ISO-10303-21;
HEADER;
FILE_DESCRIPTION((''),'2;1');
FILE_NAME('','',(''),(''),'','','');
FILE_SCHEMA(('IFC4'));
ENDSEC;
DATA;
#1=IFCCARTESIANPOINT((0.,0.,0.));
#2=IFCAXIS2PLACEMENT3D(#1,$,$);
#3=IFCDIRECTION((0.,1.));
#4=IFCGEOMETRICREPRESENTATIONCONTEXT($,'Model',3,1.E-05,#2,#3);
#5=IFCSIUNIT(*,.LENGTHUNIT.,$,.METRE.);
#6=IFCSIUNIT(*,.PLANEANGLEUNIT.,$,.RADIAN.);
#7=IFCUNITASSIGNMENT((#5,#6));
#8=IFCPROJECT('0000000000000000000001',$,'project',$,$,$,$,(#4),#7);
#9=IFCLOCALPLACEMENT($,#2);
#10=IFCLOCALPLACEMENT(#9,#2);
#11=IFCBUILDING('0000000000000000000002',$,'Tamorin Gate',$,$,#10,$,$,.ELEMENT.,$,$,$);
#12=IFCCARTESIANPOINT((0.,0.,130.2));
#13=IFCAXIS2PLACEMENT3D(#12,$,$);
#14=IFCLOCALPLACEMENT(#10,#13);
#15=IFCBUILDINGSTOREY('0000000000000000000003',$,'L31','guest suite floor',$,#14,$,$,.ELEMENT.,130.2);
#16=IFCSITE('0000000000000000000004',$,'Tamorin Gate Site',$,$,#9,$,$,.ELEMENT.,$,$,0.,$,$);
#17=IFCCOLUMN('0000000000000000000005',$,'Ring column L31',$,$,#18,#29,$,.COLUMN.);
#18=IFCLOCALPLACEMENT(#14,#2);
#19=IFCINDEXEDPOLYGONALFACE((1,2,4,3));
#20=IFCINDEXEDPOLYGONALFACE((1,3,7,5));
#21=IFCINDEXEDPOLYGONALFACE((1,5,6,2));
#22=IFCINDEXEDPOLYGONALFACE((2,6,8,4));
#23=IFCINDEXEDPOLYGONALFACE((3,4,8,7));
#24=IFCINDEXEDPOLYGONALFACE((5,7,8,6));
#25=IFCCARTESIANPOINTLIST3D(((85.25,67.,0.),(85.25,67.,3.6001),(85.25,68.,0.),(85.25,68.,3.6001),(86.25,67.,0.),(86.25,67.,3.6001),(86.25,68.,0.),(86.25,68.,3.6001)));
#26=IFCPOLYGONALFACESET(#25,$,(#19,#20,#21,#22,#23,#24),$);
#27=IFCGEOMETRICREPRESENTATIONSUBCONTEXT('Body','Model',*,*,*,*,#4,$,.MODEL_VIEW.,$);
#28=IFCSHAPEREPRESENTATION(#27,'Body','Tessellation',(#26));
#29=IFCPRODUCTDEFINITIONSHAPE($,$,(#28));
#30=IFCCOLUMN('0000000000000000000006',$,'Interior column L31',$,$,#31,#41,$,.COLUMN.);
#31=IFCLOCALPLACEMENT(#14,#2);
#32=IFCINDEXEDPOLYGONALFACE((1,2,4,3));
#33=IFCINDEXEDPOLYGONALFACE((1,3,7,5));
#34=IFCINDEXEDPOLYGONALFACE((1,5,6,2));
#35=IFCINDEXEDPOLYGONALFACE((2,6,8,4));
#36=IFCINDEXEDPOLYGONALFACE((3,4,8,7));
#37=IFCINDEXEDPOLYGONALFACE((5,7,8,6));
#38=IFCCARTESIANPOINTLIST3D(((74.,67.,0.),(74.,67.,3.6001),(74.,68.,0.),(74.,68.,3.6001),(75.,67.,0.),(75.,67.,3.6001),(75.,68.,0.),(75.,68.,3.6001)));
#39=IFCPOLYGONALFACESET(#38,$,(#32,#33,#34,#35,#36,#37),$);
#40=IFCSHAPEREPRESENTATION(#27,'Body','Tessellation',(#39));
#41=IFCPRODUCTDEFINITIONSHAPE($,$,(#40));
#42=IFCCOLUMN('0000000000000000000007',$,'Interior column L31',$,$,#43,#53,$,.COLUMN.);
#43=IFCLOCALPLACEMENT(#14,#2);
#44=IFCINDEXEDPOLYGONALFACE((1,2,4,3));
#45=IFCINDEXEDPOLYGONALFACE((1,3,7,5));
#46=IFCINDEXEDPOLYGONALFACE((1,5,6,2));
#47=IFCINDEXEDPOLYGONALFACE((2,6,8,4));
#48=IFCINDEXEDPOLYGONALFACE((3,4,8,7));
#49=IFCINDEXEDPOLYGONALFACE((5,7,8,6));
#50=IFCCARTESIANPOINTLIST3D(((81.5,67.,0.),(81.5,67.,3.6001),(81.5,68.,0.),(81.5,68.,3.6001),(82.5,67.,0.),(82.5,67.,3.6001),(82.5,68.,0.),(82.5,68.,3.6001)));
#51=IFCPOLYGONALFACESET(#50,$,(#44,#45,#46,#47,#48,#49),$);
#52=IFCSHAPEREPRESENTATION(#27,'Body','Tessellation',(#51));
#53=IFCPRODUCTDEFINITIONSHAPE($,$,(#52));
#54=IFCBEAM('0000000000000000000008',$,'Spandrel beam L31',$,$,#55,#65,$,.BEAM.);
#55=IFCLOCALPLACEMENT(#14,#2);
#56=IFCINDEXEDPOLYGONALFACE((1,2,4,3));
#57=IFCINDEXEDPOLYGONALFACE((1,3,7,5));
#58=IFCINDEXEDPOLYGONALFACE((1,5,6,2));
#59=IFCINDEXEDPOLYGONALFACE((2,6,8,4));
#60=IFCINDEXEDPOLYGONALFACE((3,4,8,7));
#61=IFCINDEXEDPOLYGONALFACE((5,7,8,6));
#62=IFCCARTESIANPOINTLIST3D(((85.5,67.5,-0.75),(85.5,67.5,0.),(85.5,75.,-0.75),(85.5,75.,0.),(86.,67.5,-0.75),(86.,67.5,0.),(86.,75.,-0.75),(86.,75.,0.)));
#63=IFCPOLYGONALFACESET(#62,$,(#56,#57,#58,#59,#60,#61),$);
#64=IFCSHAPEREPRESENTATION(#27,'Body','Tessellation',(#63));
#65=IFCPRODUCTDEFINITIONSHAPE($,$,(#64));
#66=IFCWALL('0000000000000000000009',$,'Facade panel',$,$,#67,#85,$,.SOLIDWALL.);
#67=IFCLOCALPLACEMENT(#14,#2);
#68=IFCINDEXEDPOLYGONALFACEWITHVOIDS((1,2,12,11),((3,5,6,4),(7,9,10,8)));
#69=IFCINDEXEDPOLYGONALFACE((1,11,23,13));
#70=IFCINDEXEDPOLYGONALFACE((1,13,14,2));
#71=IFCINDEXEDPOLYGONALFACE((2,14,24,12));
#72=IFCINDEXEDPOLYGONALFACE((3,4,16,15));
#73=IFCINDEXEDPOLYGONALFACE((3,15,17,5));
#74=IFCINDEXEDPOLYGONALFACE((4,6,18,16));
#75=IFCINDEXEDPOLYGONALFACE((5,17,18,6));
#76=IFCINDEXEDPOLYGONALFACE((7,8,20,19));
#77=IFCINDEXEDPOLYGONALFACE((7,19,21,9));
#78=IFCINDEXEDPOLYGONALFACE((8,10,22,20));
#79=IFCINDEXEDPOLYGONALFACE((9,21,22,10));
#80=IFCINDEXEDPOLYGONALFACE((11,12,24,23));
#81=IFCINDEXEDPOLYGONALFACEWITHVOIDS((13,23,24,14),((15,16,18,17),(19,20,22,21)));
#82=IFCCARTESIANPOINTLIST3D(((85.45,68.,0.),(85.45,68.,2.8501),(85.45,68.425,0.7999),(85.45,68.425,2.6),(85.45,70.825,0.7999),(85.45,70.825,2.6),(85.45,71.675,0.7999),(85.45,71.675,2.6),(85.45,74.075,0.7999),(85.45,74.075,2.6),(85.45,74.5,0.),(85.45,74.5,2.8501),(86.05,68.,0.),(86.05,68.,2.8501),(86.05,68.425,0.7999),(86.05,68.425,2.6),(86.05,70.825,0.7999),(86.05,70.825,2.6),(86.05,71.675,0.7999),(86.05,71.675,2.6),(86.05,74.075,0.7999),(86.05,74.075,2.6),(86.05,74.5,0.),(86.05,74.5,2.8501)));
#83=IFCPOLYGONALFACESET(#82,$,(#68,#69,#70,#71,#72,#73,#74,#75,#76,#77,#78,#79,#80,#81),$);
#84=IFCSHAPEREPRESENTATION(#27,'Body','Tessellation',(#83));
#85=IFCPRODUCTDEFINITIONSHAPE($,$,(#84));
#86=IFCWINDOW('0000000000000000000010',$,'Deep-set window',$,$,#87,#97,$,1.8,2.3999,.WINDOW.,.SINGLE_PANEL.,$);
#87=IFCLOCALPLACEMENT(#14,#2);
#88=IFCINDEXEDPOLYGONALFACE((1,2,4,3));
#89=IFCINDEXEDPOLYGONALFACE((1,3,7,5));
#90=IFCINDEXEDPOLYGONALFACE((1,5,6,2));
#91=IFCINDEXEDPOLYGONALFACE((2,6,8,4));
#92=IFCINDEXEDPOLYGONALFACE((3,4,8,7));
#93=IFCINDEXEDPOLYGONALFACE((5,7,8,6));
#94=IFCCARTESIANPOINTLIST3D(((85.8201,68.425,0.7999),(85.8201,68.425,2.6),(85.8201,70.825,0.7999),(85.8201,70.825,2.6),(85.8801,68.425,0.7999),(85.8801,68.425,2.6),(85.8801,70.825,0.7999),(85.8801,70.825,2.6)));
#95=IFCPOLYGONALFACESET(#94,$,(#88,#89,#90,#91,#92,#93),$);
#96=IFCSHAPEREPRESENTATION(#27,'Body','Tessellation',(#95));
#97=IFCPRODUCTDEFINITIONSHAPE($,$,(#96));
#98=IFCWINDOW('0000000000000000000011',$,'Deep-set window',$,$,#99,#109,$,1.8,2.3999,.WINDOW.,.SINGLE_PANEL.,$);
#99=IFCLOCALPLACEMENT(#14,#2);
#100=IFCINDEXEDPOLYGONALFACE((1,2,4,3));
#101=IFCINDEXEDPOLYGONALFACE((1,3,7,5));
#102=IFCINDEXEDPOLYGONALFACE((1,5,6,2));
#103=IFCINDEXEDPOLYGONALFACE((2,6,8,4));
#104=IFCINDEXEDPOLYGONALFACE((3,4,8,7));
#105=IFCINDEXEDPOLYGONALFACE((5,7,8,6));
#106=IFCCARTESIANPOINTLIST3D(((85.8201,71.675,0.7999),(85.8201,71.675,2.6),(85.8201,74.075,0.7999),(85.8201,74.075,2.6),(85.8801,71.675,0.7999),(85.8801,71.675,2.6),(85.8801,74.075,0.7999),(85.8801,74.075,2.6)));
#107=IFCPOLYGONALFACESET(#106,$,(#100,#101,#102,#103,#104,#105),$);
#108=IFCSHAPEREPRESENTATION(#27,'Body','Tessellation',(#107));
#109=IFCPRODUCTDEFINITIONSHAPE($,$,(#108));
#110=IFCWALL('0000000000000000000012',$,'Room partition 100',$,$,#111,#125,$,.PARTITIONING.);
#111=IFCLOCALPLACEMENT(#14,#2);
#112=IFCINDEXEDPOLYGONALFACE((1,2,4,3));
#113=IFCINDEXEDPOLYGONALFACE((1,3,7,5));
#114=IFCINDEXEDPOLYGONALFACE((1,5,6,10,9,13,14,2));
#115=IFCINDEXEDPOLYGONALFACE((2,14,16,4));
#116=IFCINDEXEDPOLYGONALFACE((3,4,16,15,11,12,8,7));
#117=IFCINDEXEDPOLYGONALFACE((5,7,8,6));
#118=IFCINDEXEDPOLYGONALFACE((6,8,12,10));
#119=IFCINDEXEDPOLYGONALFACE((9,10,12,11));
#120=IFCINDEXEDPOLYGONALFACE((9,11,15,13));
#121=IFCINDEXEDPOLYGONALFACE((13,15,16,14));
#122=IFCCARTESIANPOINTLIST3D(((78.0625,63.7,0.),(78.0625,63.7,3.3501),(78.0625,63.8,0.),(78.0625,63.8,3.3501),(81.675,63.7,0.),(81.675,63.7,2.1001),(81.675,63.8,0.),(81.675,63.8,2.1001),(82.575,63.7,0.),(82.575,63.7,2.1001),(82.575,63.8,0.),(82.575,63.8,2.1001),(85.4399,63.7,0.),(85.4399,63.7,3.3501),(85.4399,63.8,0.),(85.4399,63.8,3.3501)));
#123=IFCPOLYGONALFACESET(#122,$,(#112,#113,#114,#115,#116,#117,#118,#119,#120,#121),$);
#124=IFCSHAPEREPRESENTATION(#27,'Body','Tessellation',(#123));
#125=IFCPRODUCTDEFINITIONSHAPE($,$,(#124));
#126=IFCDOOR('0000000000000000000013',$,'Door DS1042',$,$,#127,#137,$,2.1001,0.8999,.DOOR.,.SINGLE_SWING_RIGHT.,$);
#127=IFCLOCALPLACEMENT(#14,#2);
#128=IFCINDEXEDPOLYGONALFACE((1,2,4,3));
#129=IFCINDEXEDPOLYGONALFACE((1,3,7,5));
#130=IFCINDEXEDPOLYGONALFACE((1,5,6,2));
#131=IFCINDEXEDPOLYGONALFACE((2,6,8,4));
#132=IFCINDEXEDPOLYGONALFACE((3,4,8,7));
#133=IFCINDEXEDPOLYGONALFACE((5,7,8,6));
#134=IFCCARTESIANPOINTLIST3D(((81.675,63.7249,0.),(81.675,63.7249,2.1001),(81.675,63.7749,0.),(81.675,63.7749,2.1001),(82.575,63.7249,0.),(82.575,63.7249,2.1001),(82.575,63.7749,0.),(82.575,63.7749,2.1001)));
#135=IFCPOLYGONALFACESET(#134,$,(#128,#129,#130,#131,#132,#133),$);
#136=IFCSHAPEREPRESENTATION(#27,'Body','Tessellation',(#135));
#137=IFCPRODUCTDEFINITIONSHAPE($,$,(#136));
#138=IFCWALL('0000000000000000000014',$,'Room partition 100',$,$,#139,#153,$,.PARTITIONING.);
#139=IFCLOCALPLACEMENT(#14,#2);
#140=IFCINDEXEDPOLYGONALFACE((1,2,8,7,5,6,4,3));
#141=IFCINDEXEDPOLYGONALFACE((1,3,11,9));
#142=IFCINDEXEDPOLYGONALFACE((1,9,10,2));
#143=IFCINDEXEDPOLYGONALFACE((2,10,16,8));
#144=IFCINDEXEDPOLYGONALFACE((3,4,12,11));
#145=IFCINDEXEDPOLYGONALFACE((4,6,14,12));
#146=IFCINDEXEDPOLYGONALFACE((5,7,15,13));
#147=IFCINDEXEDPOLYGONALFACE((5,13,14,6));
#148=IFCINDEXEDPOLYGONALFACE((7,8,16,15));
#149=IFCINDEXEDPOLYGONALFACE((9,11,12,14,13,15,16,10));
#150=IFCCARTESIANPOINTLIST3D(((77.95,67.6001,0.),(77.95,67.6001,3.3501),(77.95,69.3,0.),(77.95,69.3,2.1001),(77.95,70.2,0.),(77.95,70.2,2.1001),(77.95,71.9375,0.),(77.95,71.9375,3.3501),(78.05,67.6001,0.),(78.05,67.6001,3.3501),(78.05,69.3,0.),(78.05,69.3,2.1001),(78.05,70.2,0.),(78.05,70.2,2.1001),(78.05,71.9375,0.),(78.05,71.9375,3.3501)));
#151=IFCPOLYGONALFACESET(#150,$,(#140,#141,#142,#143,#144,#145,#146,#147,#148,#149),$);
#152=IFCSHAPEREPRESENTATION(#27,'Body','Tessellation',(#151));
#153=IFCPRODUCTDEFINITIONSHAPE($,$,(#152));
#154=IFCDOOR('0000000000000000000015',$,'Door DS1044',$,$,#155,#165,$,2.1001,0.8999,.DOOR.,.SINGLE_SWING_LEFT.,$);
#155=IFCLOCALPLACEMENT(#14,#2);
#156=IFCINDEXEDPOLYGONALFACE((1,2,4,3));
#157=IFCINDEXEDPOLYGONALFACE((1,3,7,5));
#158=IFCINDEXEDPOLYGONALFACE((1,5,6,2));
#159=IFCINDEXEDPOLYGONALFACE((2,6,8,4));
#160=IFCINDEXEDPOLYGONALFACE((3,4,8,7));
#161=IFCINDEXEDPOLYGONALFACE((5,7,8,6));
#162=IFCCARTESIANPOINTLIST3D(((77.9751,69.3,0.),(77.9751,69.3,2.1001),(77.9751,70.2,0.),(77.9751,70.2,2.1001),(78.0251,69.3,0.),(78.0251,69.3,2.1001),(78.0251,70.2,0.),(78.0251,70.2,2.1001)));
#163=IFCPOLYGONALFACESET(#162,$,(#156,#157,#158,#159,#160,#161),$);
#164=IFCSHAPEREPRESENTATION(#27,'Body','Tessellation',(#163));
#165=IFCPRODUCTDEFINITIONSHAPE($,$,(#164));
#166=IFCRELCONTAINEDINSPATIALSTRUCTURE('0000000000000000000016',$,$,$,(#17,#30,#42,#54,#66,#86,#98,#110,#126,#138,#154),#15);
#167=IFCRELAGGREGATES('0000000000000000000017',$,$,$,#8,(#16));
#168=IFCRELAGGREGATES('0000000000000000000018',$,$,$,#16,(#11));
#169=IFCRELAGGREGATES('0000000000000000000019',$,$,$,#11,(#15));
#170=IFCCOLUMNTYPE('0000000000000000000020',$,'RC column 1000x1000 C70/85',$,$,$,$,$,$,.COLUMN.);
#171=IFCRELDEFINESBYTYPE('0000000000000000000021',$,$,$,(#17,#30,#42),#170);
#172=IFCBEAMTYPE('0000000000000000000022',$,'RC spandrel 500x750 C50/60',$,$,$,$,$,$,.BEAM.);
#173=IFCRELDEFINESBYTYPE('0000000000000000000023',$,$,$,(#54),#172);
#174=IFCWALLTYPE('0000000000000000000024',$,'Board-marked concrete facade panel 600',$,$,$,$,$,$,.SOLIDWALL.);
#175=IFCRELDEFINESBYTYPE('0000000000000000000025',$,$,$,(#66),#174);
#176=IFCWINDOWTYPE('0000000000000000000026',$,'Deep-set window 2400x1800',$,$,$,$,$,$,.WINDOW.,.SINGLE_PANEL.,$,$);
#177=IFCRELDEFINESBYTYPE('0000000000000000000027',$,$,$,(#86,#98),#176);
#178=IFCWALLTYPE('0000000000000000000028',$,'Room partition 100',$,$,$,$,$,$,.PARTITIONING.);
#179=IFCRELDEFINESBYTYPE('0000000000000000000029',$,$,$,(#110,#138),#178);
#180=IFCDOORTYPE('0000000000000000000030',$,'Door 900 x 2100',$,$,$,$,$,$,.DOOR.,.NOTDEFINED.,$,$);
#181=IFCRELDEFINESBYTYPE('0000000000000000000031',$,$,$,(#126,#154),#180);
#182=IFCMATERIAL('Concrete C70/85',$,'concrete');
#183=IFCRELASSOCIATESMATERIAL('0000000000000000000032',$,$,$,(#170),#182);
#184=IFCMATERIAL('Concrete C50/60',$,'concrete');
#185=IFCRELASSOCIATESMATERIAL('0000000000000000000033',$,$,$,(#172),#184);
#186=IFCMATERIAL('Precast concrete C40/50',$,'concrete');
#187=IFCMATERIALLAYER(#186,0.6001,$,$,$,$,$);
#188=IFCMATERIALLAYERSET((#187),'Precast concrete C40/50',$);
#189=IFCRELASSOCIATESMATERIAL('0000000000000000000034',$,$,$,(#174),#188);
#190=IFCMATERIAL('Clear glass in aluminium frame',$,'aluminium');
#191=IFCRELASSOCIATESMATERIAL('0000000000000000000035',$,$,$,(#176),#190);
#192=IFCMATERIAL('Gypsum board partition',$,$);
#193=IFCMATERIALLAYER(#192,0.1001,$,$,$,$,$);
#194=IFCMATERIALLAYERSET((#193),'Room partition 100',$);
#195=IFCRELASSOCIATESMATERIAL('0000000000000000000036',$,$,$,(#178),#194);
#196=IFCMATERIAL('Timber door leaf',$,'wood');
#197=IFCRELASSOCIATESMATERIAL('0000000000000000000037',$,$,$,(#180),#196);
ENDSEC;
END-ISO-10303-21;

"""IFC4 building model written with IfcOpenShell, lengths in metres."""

from ifc_helpers import new_model, si_unit, direction, frame, frame_2d, origin, origin_2d, place, context, subcontext, project, spatial, rectangle, extrude, material, layer, layer_set, material_profile, profile_set, type_object, element, fill, save


model = new_model("IFC4")

# Units and contexts
model_context = context("Model", 3, precision=1e-05, world=origin(), true_north=direction((0.0, 1.0)))
body_context = subcontext(model_context, "Body", "Model", "MODEL_VIEW")
ifc_project = project(units=[si_unit("LENGTHUNIT", "METRE"), si_unit("PLANEANGLEUNIT", "RADIAN")], contexts=[model_context])

# Site, building, storey
site_placement = place(None, origin())
site = spatial("IfcSite", under=ifc_project, at=site_placement, Name="Tamorin Gate Site", CompositionType="ELEMENT", RefElevation=0.0)
building_placement = place(site_placement, origin())
building = spatial("IfcBuilding", under=site, at=building_placement, Name="Tamorin Gate", CompositionType="ELEMENT")
storey_placement = place(building_placement, frame((0.0, 0.0, 130.2)))
storey = spatial("IfcBuildingStorey", under=building, at=storey_placement, Name="L31", Description="guest suite floor", CompositionType="ELEMENT", Elevation=130.2)

# Columns
ifc_material_1 = material(Name="Concrete C70/85", Category="concrete")
ifc_material_profile_1 = material_profile(ifc_material_1, rectangle(XDim=1.0, YDim=1.0, at=origin_2d()), Name="RC 1000x1000")
ifc_profile_set_1 = profile_set([ifc_material_profile_1], Name="Concrete C70/85")
column_type = type_object("IfcColumnType", Name="RC column 1000x1000 C70/85", PredefinedType="COLUMN", material=ifc_profile_set_1)
for number, where, z_axis, x_axis, name in (
    (1, (85.75, 67.5, 0.0), (0.0, 0.0, 1.0), (1.0, 0.0, 0.0), "Ring column L31"),
    (2, (74.5, 67.5, 0.0), (0.0, 0.0, 1.0), (1.0, 0.0, 0.0), "Interior column L31"),
    (3, (82.0, 67.5, 0.0), (0.0, 0.0, 1.0), (1.0, 0.0, 0.0), "Interior column L31"),
):
    element("IfcColumn", number, at=place(storey_placement, frame(where, z_axis=z_axis, x_axis=x_axis)), inside=storey, type_object=column_type, Name=name, PredefinedType="COLUMN", context=body_context, shape_type="SweptSolid", body=[
        extrude(rectangle(XDim=1.0, YDim=1.0, at=origin_2d()), origin(), (0.0, 0.0, 1.0), 3.6001),
    ])

# Beam
ifc_material_2 = material(Name="Concrete C50/60", Category="concrete")
ifc_material_profile_2 = material_profile(ifc_material_2, rectangle(XDim=0.5, YDim=0.75, at=origin_2d()), Name="RC 500x750")
ifc_profile_set_2 = profile_set([ifc_material_profile_2], Name="Concrete C50/60")
beam_type = type_object("IfcBeamType", Name="RC spandrel 500x750 C50/60", PredefinedType="BEAM", material=ifc_profile_set_2)
beam_placement = place(storey_placement, frame((85.75, 67.5, -0.375), z_axis=(0.0, 1.0, 0.0), x_axis=(-1.0, 0.0, 0.0)))
element("IfcBeam", 4, at=beam_placement, inside=storey, type_object=beam_type, Name="Spandrel beam L31", PredefinedType="BEAM", context=body_context, shape_type="SweptSolid", body=[
    extrude(rectangle(XDim=0.5, YDim=0.75, at=origin_2d()), origin(), (0.0, 0.0, 1.0), 7.5),
])

# Wall, openings, windows
ifc_material_3 = material(Name="Precast concrete C40/50", Category="concrete")
ifc_layer_1 = layer(ifc_material_3, 0.6001)
ifc_layer_set_1 = layer_set([ifc_layer_1], Name="Precast concrete C40/50")
wall_type_1 = type_object("IfcWallType", Name="Board-marked concrete facade panel 600", PredefinedType="SOLIDWALL", material=ifc_layer_set_1)
wall_1_placement = place(storey_placement, frame((85.75, 68.0, 0.0), z_axis=(0.0, 0.0, 1.0), x_axis=(0.0, 1.0, 0.0)))
wall_1 = element("IfcWall", 5, at=wall_1_placement, inside=storey, type_object=wall_type_1, Name="Facade panel", PredefinedType="SOLIDWALL", context=body_context, shape_type="SweptSolid", body=[
    extrude(rectangle(XDim=6.5, YDim=0.6001, at=frame_2d((3.25, 0.0))), origin(), (0.0, 0.0, 1.0), 2.8501),
])
opening_1_placement = place(wall_1_placement, frame((0.425, 0.0, 0.8)))
opening_1 = element("IfcOpeningElement", 6, at=opening_1_placement, cuts=wall_1, PredefinedType="OPENING", context=body_context, shape_type="SweptSolid", body=[
    extrude(rectangle(XDim=2.3999, YDim=1.8, at=frame_2d((1.2, 0.8999))), frame((0.0, 0.3101, 0.0), z_axis=(0.0, -1.0, 0.0), x_axis=(1.0, 0.0, 0.0)), (0.0, 0.0, 1.0), 0.6201),
])
opening_2_placement = place(wall_1_placement, frame((3.675, 0.0, 0.8)))
opening_2 = element("IfcOpeningElement", 7, at=opening_2_placement, cuts=wall_1, PredefinedType="OPENING", context=body_context, shape_type="SweptSolid", body=[
    extrude(rectangle(XDim=2.3999, YDim=1.8, at=frame_2d((1.2, 0.8999))), frame((0.0, 0.3101, 0.0), z_axis=(0.0, -1.0, 0.0), x_axis=(1.0, 0.0, 0.0)), (0.0, 0.0, 1.0), 0.6201),
])
ifc_material_4 = material(Name="Clear glass in aluminium frame", Category="aluminium")
window_type = type_object("IfcWindowType", Name="Deep-set window 2400x1800", PartitioningType="SINGLE_PANEL", PredefinedType="WINDOW", material=ifc_material_4)
window_1_placement = place(opening_1_placement, origin())
window_1 = element("IfcWindow", 8, at=window_1_placement, inside=storey, type_object=window_type, Name="Deep-set window", OverallHeight=1.8, OverallWidth=2.3999, PartitioningType="SINGLE_PANEL", PredefinedType="WINDOW", context=body_context, shape_type="SweptSolid", body=[
    extrude(rectangle(XDim=2.3999, YDim=1.8, at=frame_2d((1.2, 0.8999))), frame((0.0, -0.0701, 0.0), z_axis=(0.0, -1.0, 0.0), x_axis=(1.0, 0.0, 0.0)), (0.0, 0.0, 1.0), 0.0601),
])
fill(opening_1, window_1)
window_2_placement = place(opening_2_placement, origin())
window_2 = element("IfcWindow", 9, at=window_2_placement, inside=storey, type_object=window_type, Name="Deep-set window", OverallHeight=1.8, OverallWidth=2.3999, PartitioningType="SINGLE_PANEL", PredefinedType="WINDOW", context=body_context, shape_type="SweptSolid", body=[
    extrude(rectangle(XDim=2.3999, YDim=1.8, at=frame_2d((1.2, 0.8999))), frame((0.0, -0.0701, 0.0), z_axis=(0.0, -1.0, 0.0), x_axis=(1.0, 0.0, 0.0)), (0.0, 0.0, 1.0), 0.0601),
])
fill(opening_2, window_2)

# Walls, openings, doors
ifc_material_5 = material(Name="Gypsum board partition")
ifc_layer_2 = layer(ifc_material_5, 0.1001)
ifc_layer_set_2 = layer_set([ifc_layer_2], Name="Room partition 100")
wall_type_2 = type_object("IfcWallType", Name="Room partition 100", PredefinedType="PARTITIONING", material=ifc_layer_set_2)
wall_2_placement = place(storey_placement, frame((78.0625, 63.75, 0.0), z_axis=(0.0, 0.0, 1.0), x_axis=(1.0, 0.0, 0.0)))
wall_2 = element("IfcWall", 10, at=wall_2_placement, inside=storey, type_object=wall_type_2, Name="Room partition 100", PredefinedType="PARTITIONING", context=body_context, shape_type="SweptSolid", body=[
    extrude(rectangle(XDim=7.3774, YDim=0.1001, at=frame_2d((3.6887, 0.0))), origin(), (0.0, 0.0, 1.0), 3.3501),
])
opening_3_placement = place(wall_2_placement, frame((3.6125, 0.0, 0.0)))
opening_3 = element("IfcOpeningElement", 11, at=opening_3_placement, cuts=wall_2, PredefinedType="OPENING", context=body_context, shape_type="SweptSolid", body=[
    extrude(rectangle(XDim=0.8999, YDim=2.1001, at=frame_2d((0.45, 1.05))), frame((0.0, 0.0601, 0.0), z_axis=(0.0, -1.0, 0.0), x_axis=(1.0, 0.0, 0.0)), (0.0, 0.0, 1.0), 0.1201),
])
ifc_material_6 = material(Name="Timber door leaf", Category="wood")
door_type = type_object("IfcDoorType", Name="Door 900 x 2100", OperationType="NOTDEFINED", PredefinedType="DOOR", material=ifc_material_6)
door_1_placement = place(opening_3_placement, origin())
door_1 = element("IfcDoor", 12, at=door_1_placement, inside=storey, type_object=door_type, Name="Door DS1042", OperationType="SINGLE_SWING_RIGHT", OverallHeight=2.1001, OverallWidth=0.8999, PredefinedType="DOOR", context=body_context, shape_type="SweptSolid", body=[
    extrude(rectangle(XDim=0.8999, YDim=2.1001, at=frame_2d((0.45, 1.05))), frame((0.0, 0.0249, 0.0), z_axis=(0.0, -1.0, 0.0), x_axis=(1.0, 0.0, 0.0)), (0.0, 0.0, 1.0), 0.05),
])
fill(opening_3, door_1)
wall_3_placement = place(storey_placement, frame((78.0, 67.6001, 0.0), z_axis=(0.0, 0.0, 1.0), x_axis=(0.0, 1.0, 0.0)))
wall_3 = element("IfcWall", 13, at=wall_3_placement, inside=storey, type_object=wall_type_2, Name="Room partition 100", PredefinedType="PARTITIONING", context=body_context, shape_type="SweptSolid", body=[
    extrude(rectangle(XDim=4.3374, YDim=0.1001, at=frame_2d((2.1687, 0.0))), origin(), (0.0, 0.0, 1.0), 3.3501),
])
opening_4_placement = place(wall_3_placement, frame((1.7, 0.0, 0.0)))
opening_4 = element("IfcOpeningElement", 14, at=opening_4_placement, cuts=wall_3, PredefinedType="OPENING", context=body_context, shape_type="SweptSolid", body=[
    extrude(rectangle(XDim=0.8999, YDim=2.1001, at=frame_2d((0.45, 1.05))), frame((0.0, 0.0601, 0.0), z_axis=(0.0, -1.0, 0.0), x_axis=(1.0, 0.0, 0.0)), (0.0, 0.0, 1.0), 0.1201),
])
door_2_placement = place(opening_4_placement, origin())
door_2 = element("IfcDoor", 15, at=door_2_placement, inside=storey, type_object=door_type, Name="Door DS1044", OperationType="SINGLE_SWING_LEFT", OverallHeight=2.1001, OverallWidth=0.8999, PredefinedType="DOOR", context=body_context, shape_type="SweptSolid", body=[
    extrude(rectangle(XDim=0.8999, YDim=2.1001, at=frame_2d((0.45, 1.05))), frame((0.0, 0.0249, 0.0), z_axis=(0.0, -1.0, 0.0), x_axis=(1.0, 0.0, 0.0)), (0.0, 0.0, 1.0), 0.05),
])
fill(opening_4, door_2)

save(model, "model.ifc")
